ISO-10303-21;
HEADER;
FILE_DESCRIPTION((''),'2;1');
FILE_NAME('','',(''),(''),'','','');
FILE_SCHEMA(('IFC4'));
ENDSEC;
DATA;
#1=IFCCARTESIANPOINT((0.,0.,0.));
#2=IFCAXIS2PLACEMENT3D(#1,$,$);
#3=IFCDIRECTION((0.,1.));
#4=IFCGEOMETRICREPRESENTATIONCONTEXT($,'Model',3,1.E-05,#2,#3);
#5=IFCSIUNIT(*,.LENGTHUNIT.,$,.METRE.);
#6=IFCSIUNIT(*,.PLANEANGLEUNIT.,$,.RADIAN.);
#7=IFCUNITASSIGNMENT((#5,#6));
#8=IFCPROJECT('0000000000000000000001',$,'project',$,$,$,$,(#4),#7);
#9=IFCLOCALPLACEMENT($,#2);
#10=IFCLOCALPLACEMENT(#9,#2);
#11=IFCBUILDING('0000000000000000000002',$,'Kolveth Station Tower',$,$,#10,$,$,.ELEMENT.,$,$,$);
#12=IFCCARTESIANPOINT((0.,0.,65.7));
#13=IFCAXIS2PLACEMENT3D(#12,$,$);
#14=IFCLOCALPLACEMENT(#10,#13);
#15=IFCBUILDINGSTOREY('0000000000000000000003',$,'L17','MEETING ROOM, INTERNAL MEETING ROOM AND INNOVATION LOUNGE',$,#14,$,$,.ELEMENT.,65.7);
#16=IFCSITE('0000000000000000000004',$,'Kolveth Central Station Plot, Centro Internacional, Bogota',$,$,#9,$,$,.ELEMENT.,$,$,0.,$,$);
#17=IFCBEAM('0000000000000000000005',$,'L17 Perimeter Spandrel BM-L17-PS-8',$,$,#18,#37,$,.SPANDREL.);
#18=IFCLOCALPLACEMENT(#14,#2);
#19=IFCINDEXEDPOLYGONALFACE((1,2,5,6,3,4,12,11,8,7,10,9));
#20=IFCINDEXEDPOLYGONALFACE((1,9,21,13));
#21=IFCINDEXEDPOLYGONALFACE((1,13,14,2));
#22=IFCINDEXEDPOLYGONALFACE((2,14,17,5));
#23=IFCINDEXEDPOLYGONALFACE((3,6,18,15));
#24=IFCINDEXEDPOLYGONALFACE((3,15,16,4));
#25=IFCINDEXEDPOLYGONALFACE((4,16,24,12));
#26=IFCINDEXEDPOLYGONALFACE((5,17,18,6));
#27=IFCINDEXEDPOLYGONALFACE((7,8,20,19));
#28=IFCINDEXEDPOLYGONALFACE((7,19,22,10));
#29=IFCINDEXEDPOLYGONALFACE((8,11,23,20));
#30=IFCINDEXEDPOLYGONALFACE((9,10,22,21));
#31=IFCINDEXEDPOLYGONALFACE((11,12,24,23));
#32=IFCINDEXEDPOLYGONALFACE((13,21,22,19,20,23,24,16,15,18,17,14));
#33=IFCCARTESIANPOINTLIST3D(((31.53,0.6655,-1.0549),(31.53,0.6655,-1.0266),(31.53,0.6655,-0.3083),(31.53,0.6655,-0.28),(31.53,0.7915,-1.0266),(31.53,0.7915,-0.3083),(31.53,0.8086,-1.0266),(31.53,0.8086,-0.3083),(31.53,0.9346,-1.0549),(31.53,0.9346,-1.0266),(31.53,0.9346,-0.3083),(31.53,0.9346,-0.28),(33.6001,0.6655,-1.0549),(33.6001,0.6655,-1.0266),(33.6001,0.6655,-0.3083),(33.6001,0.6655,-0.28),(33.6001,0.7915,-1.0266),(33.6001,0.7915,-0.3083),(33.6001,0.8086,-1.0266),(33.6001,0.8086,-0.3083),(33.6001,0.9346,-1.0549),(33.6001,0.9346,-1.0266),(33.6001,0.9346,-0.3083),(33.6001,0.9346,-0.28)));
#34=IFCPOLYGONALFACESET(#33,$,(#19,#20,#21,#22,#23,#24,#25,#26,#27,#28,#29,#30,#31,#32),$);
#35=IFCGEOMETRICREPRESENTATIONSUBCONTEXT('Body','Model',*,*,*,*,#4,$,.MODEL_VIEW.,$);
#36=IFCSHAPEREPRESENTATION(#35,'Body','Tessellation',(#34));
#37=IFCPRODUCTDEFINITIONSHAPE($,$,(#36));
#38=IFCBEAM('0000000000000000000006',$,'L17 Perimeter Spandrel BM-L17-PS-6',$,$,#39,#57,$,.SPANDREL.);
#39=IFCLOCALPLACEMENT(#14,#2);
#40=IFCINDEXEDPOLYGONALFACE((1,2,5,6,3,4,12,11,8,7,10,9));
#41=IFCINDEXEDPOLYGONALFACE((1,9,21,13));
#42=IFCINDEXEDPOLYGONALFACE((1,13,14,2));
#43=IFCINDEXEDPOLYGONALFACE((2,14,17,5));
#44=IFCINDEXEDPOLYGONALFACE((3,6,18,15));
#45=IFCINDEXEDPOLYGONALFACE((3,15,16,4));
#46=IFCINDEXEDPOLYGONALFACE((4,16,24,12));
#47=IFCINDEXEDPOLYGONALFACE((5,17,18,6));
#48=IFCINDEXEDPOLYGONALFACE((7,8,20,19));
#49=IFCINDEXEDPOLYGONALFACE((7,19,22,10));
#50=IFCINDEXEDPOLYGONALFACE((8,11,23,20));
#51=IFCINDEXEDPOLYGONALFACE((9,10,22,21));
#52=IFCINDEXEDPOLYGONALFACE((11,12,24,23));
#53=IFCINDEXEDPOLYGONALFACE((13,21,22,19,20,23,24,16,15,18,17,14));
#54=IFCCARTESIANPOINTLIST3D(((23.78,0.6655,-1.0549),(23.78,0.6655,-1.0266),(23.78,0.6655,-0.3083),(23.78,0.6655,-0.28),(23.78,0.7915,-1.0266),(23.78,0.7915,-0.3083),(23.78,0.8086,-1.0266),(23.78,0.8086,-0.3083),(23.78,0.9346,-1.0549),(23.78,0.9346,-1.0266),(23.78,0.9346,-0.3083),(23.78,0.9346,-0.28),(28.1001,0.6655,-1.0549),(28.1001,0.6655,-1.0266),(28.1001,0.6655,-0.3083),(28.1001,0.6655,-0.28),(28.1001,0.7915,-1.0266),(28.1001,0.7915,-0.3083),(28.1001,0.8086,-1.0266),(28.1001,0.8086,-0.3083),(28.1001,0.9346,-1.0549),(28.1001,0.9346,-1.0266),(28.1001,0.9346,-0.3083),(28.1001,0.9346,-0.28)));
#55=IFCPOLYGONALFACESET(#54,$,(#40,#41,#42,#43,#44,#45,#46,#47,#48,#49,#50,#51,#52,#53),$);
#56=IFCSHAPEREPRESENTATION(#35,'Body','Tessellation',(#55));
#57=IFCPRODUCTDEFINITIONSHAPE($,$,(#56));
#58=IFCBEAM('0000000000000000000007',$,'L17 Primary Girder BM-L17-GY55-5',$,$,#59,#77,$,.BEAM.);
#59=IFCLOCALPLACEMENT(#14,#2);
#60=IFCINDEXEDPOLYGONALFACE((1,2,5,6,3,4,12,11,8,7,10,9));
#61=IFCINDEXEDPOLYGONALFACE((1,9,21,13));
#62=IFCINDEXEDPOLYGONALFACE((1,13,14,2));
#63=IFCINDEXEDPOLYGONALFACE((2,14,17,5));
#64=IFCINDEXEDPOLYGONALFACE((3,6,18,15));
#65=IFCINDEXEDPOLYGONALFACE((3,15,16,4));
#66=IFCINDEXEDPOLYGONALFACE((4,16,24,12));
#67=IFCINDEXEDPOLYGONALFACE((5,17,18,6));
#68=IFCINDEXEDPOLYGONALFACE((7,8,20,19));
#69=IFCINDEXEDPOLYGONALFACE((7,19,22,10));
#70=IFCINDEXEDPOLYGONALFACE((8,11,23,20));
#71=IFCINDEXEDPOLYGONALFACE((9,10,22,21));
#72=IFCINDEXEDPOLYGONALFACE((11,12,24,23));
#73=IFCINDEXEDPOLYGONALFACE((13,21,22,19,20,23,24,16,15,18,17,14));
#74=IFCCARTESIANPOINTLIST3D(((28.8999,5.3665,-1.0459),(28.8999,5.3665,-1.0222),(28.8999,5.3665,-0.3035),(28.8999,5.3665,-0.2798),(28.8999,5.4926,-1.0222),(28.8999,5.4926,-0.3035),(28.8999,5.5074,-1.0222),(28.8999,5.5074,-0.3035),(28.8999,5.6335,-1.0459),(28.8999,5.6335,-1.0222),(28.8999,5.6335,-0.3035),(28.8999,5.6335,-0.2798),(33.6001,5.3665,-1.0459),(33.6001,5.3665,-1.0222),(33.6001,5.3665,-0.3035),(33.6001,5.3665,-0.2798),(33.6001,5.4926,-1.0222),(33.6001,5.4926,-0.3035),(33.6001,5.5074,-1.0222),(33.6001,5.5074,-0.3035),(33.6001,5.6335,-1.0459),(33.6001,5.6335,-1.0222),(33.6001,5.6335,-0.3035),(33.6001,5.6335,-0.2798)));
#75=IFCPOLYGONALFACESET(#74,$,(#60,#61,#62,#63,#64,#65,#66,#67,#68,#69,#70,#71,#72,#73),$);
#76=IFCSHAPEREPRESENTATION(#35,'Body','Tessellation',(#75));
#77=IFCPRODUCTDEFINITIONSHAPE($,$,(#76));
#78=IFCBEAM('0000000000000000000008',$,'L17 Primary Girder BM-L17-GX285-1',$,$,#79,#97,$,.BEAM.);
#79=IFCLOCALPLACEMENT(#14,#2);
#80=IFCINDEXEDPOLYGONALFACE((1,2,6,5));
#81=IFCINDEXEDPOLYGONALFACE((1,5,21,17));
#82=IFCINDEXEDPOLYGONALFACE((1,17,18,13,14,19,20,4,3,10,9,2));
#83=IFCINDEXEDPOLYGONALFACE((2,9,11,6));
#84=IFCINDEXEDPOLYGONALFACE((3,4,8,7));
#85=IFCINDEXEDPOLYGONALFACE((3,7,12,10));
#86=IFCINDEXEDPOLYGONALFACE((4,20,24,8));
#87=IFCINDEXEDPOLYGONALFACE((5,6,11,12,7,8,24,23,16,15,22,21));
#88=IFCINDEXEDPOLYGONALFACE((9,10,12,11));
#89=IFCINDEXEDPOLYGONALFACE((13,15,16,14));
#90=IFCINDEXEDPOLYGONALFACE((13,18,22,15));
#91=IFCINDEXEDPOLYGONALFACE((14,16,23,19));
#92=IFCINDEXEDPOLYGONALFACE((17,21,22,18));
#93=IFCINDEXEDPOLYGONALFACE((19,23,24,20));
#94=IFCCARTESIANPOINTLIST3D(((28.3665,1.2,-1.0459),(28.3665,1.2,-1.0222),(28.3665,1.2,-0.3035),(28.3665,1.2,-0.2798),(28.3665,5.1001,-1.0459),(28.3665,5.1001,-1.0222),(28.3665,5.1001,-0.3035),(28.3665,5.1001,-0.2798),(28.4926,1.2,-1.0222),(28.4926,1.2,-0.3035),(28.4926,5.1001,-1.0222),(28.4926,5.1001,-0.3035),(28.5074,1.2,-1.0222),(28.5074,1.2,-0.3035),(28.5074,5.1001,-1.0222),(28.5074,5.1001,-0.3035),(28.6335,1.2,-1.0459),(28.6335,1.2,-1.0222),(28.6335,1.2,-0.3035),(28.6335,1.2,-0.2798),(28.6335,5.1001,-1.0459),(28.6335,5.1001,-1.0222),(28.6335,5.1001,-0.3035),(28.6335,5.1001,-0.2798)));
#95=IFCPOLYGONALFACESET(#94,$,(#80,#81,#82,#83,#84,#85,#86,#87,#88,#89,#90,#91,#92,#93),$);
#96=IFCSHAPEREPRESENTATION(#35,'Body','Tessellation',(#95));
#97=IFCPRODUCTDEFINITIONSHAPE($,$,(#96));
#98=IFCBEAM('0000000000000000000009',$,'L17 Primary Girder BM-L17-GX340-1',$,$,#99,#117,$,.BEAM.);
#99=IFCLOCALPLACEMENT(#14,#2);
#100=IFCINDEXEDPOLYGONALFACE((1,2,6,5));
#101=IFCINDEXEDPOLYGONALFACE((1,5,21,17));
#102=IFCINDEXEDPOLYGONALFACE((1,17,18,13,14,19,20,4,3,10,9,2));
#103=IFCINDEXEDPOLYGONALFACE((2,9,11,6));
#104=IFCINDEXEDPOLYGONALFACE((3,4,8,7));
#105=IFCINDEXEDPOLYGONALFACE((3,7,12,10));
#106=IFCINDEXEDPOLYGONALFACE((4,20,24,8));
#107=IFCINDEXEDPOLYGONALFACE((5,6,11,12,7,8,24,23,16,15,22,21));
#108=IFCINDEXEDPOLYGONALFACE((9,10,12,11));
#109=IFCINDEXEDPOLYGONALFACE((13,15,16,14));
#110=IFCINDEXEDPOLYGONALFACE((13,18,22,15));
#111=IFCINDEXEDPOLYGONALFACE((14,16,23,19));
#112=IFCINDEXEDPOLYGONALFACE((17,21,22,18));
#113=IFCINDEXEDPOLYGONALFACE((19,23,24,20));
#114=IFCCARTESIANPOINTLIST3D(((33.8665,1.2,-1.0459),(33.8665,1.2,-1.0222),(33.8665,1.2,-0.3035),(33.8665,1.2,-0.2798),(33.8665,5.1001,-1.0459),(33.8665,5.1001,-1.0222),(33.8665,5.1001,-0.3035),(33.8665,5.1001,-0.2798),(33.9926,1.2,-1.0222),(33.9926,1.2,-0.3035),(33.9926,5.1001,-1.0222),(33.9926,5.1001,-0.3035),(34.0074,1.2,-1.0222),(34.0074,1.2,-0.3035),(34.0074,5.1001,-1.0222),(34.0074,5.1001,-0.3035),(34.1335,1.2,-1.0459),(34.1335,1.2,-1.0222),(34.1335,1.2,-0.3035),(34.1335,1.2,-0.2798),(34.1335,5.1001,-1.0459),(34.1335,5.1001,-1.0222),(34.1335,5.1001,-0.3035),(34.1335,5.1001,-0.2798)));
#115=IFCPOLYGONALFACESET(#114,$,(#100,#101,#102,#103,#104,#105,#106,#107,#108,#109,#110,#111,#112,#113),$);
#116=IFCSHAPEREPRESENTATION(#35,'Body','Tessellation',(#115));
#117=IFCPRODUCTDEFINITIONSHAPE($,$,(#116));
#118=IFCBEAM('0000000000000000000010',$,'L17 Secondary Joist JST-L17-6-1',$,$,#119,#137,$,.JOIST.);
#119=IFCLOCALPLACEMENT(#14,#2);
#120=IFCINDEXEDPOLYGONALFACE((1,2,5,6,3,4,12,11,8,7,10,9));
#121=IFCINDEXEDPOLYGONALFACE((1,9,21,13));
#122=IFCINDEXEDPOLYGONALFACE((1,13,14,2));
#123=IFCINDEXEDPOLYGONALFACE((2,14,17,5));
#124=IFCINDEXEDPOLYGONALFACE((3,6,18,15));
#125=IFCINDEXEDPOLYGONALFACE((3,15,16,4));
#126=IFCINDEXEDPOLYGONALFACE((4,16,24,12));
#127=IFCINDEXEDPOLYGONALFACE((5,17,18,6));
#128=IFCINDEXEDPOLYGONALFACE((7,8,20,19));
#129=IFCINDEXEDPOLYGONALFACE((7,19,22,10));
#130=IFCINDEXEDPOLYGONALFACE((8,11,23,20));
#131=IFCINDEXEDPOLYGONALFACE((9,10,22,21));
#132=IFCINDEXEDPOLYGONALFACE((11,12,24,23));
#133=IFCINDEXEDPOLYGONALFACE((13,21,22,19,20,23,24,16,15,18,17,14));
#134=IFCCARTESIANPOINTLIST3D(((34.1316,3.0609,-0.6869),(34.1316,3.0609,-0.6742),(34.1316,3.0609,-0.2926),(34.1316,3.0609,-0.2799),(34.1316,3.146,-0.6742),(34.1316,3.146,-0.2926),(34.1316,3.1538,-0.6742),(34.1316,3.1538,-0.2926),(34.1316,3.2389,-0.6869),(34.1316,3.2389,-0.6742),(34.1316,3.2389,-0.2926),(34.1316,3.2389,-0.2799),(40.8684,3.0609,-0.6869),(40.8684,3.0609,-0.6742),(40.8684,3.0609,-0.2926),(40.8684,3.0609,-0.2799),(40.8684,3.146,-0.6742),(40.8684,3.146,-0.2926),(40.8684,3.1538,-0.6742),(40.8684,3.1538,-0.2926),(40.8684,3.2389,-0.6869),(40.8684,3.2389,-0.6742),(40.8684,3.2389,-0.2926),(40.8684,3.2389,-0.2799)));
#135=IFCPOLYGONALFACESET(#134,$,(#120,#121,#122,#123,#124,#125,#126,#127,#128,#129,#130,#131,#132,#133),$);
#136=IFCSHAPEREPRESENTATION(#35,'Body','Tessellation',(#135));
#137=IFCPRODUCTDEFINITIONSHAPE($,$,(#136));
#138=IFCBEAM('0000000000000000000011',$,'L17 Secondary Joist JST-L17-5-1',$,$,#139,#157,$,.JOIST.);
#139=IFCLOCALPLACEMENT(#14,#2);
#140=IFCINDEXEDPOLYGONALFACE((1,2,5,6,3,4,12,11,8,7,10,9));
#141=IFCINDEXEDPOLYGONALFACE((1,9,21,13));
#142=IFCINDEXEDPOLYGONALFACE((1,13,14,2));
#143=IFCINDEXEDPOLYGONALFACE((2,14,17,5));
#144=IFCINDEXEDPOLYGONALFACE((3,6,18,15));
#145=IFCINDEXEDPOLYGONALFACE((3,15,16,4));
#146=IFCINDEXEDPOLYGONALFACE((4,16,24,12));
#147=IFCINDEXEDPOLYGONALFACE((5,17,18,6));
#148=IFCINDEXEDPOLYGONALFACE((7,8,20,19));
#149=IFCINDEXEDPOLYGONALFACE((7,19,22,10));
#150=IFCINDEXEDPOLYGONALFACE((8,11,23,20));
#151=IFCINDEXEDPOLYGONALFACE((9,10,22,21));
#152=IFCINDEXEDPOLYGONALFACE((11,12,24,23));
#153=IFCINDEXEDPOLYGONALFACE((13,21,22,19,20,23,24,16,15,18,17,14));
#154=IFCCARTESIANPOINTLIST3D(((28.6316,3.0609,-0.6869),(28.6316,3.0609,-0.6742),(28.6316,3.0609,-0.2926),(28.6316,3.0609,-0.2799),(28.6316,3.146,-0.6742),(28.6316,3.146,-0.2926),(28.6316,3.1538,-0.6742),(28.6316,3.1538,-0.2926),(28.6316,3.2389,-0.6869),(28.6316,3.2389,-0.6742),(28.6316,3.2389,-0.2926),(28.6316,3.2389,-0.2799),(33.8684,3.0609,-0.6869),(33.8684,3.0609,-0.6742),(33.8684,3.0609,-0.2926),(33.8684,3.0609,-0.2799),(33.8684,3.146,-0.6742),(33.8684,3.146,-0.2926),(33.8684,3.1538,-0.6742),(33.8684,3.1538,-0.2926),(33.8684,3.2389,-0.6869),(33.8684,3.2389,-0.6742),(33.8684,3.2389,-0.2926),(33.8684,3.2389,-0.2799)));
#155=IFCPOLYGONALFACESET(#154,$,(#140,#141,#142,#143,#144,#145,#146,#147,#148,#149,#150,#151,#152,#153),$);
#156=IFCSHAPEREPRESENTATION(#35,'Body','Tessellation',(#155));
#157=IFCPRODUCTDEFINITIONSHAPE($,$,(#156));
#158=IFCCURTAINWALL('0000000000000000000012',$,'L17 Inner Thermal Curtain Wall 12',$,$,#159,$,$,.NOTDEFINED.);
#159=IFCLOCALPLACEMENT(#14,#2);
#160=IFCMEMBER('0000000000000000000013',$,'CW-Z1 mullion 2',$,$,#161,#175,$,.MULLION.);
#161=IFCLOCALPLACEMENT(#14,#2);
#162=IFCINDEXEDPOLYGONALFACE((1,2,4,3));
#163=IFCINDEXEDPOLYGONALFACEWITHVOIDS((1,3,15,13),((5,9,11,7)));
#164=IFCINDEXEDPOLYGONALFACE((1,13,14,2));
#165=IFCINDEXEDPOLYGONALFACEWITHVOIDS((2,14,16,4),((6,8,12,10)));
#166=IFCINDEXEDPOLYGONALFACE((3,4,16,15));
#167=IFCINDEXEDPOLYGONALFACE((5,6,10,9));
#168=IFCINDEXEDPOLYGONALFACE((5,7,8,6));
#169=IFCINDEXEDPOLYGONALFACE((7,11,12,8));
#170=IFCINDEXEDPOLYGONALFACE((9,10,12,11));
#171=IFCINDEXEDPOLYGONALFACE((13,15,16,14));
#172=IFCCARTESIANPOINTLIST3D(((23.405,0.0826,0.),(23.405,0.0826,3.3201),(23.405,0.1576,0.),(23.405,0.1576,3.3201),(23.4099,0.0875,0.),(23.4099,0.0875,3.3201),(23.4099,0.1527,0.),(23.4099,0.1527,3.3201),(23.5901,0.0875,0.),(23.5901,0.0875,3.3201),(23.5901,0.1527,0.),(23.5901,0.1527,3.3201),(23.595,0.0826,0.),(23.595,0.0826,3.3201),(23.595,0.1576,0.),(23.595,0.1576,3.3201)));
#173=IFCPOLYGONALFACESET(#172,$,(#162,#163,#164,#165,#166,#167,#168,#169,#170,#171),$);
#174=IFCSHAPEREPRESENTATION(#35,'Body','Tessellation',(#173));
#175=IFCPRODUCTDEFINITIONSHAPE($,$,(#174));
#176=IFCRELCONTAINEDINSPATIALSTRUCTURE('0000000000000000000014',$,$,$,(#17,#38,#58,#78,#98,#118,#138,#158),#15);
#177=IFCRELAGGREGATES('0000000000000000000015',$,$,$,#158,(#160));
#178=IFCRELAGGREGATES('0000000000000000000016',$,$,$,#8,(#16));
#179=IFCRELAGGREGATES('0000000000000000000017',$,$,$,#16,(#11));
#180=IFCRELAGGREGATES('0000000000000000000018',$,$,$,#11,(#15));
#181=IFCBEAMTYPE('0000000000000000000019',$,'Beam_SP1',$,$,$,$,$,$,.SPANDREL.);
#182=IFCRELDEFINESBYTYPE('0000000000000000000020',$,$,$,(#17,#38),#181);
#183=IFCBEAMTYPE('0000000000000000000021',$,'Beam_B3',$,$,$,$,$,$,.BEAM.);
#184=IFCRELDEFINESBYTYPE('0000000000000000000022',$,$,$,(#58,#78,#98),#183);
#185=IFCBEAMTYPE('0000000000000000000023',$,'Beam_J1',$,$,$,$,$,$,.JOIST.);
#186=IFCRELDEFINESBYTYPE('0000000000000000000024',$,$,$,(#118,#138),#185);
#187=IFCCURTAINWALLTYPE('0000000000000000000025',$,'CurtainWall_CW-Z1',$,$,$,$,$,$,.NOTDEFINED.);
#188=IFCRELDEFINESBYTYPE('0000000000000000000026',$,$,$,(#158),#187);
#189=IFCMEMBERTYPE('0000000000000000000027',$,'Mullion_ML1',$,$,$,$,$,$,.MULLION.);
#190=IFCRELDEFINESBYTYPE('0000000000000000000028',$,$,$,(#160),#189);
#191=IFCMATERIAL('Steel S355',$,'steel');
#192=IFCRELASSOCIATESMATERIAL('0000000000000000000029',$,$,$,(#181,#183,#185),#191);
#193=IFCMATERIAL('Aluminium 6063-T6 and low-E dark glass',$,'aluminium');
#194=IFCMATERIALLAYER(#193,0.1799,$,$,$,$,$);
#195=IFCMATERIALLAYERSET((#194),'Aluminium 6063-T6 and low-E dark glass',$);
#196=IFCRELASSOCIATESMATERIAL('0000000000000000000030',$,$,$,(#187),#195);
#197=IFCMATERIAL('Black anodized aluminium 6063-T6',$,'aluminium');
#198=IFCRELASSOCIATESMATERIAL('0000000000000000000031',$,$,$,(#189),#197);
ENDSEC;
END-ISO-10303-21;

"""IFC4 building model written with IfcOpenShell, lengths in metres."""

from ifc_helpers import new_model, si_unit, direction, frame, origin, origin_2d, place, context, subcontext, project, spatial, hollow_rectangle, i_section, extrude, source, transform, mapped, material, layer, layer_set, material_profile, profile_set, type_object, element, aggregate, save


model = new_model("IFC4")

# Units and contexts
model_context = context("Model", 3, precision=1e-05, world=origin(), true_north=direction((0.0, 1.0)))
body_context = subcontext(model_context, "Body", "Model", "MODEL_VIEW")
ifc_project = project(units=[si_unit("LENGTHUNIT", "METRE"), si_unit("PLANEANGLEUNIT", "RADIAN")], contexts=[model_context])

# Site, building, storey
site_placement = place(None, origin())
site = spatial("IfcSite", under=ifc_project, at=site_placement, Name="Kolveth Central Station Plot, Centro Internacional, Bogota", CompositionType="ELEMENT", RefElevation=0.0)
building_placement = place(site_placement, origin())
building = spatial("IfcBuilding", under=site, at=building_placement, Name="Kolveth Station Tower", CompositionType="ELEMENT")
storey_placement = place(building_placement, frame((0.0, 0.0, 65.7)))
storey = spatial("IfcBuildingStorey", under=building, at=storey_placement, Name="L17", Description="MEETING ROOM, INTERNAL MEETING ROOM AND INNOVATION LOUNGE", CompositionType="ELEMENT", Elevation=65.7)

# Shared definitions
ifc_material_1 = material(Name="Steel S355", Category="steel")

# Beams
ifc_material_profile_1 = material_profile(ifc_material_1, i_section(OverallWidth=0.269, OverallDepth=0.7749, WebThickness=0.0171, FlangeThickness=0.0283, at=origin_2d()), Name="W760x220")
ifc_profile_set_1 = profile_set([ifc_material_profile_1], Name="Steel S355")
beam_type_1 = type_object("IfcBeamType", Name="Beam_SP1", PredefinedType="SPANDREL", material=ifc_profile_set_1)
shared_shape_1 = source(origin(), body_context, "Body", "SweptSolid", [
    extrude(i_section(OverallWidth=0.269, OverallDepth=0.7749, WebThickness=0.0171, FlangeThickness=0.0283, at=origin_2d()), origin(), (0.0, 0.0, 1.0), 2.0701),
])
for number, where, z_axis, x_axis, name in (
    (1, (31.53, 0.8, -0.6675), (1.0, 0.0, 0.0), (0.0, 1.0, 0.0), "L17 Perimeter Spandrel BM-L17-PS-8"),
):
    element("IfcBeam", number, at=place(storey_placement, frame(where, z_axis=z_axis, x_axis=x_axis)), inside=storey, type_object=beam_type_1, Name=name, PredefinedType="SPANDREL", context=body_context, shape_type="MappedRepresentation", body=[
        mapped(shared_shape_1, transform((0.0, 0.0, 0.0), x_axis=(1.0, 0.0, 0.0), y_axis=(0.0, 1.0, 0.0), z_axis=(0.0, 0.0, 1.0), scale=1.0)),
    ])
shared_shape_2 = source(origin(), body_context, "Body", "SweptSolid", [
    extrude(i_section(OverallWidth=0.269, OverallDepth=0.7749, WebThickness=0.0171, FlangeThickness=0.0283, at=origin_2d()), origin(), (0.0, 0.0, 1.0), 4.3201),
])
beam_1_placement = place(storey_placement, frame((23.78, 0.8, -0.6675), z_axis=(1.0, 0.0, 0.0), x_axis=(0.0, 1.0, 0.0)))
element("IfcBeam", 2, at=beam_1_placement, inside=storey, type_object=beam_type_1, Name="L17 Perimeter Spandrel BM-L17-PS-6", PredefinedType="SPANDREL", context=body_context, shape_type="MappedRepresentation", body=[
    mapped(shared_shape_2, transform((0.0, 0.0, 0.0), x_axis=(1.0, 0.0, 0.0), y_axis=(0.0, 1.0, 0.0), z_axis=(0.0, 0.0, 1.0), scale=1.0)),
])
ifc_material_profile_2 = material_profile(ifc_material_1, i_section(OverallWidth=0.2671, OverallDepth=0.7661, WebThickness=0.0149, FlangeThickness=0.0237, at=origin_2d()), Name="W760x185")
ifc_profile_set_2 = profile_set([ifc_material_profile_2], Name="Steel S355")
beam_type_2 = type_object("IfcBeamType", Name="Beam_B3", PredefinedType="BEAM", material=ifc_profile_set_2)
shared_shape_3 = source(origin(), body_context, "Body", "SweptSolid", [
    extrude(i_section(OverallWidth=0.2671, OverallDepth=0.7661, WebThickness=0.0149, FlangeThickness=0.0237, at=origin_2d()), origin(), (0.0, 0.0, 1.0), 4.7002),
])
beam_2_placement = place(storey_placement, frame((28.8999, 5.5, -0.6628), z_axis=(1.0, 0.0, 0.0), x_axis=(0.0, 1.0, 0.0)))
element("IfcBeam", 3, at=beam_2_placement, inside=storey, type_object=beam_type_2, Name="L17 Primary Girder BM-L17-GY55-5", PredefinedType="BEAM", context=body_context, shape_type="MappedRepresentation", body=[
    mapped(shared_shape_3, transform((0.0, 0.0, 0.0), x_axis=(1.0, 0.0, 0.0), y_axis=(0.0, 1.0, 0.0), z_axis=(0.0, 0.0, 1.0), scale=1.0)),
])
shared_shape_4 = source(origin(), body_context, "Body", "SweptSolid", [
    extrude(i_section(OverallWidth=0.2671, OverallDepth=0.7661, WebThickness=0.0149, FlangeThickness=0.0237, at=origin_2d()), origin(), (0.0, 0.0, 1.0), 3.9001),
])
for number, where, z_axis, x_axis, name in (
    (4, (28.5, 1.2, -0.6628), (0.0, 1.0, 0.0), (-1.0, 0.0, 0.0), "L17 Primary Girder BM-L17-GX285-1"),
    (5, (34.0, 1.2, -0.6628), (0.0, 1.0, 0.0), (-1.0, 0.0, 0.0), "L17 Primary Girder BM-L17-GX340-1"),
):
    element("IfcBeam", number, at=place(storey_placement, frame(where, z_axis=z_axis, x_axis=x_axis)), inside=storey, type_object=beam_type_2, Name=name, PredefinedType="BEAM", context=body_context, shape_type="MappedRepresentation", body=[
        mapped(shared_shape_4, transform((0.0, 0.0, 0.0), x_axis=(1.0, 0.0, 0.0), y_axis=(0.0, 1.0, 0.0), z_axis=(0.0, 0.0, 1.0), scale=1.0)),
    ])
ifc_material_profile_3 = material_profile(ifc_material_1, i_section(OverallWidth=0.178, OverallDepth=0.407, WebThickness=0.0078, FlangeThickness=0.0127, at=origin_2d()), Name="W410x60")
ifc_profile_set_3 = profile_set([ifc_material_profile_3], Name="Steel S355")
beam_type_3 = type_object("IfcBeamType", Name="Beam_J1", PredefinedType="JOIST", material=ifc_profile_set_3)
shared_shape_5 = source(origin(), body_context, "Body", "SweptSolid", [
    extrude(i_section(OverallWidth=0.178, OverallDepth=0.407, WebThickness=0.0078, FlangeThickness=0.0127, at=origin_2d()), origin(), (0.0, 0.0, 1.0), 6.7368),
])
beam_3_placement = place(storey_placement, frame((34.1316, 3.1499, -0.4834), z_axis=(1.0, 0.0, 0.0), x_axis=(0.0, 1.0, 0.0)))
element("IfcBeam", 6, at=beam_3_placement, inside=storey, type_object=beam_type_3, Name="L17 Secondary Joist JST-L17-6-1", PredefinedType="JOIST", context=body_context, shape_type="MappedRepresentation", body=[
    mapped(shared_shape_5, transform((0.0, 0.0, 0.0), x_axis=(1.0, 0.0, 0.0), y_axis=(0.0, 1.0, 0.0), z_axis=(0.0, 0.0, 1.0), scale=1.0)),
])
shared_shape_6 = source(origin(), body_context, "Body", "SweptSolid", [
    extrude(i_section(OverallWidth=0.178, OverallDepth=0.407, WebThickness=0.0078, FlangeThickness=0.0127, at=origin_2d()), origin(), (0.0, 0.0, 1.0), 5.2368),
])
beam_4_placement = place(storey_placement, frame((28.6316, 3.1499, -0.4834), z_axis=(1.0, 0.0, 0.0), x_axis=(0.0, 1.0, 0.0)))
element("IfcBeam", 7, at=beam_4_placement, inside=storey, type_object=beam_type_3, Name="L17 Secondary Joist JST-L17-5-1", PredefinedType="JOIST", context=body_context, shape_type="MappedRepresentation", body=[
    mapped(shared_shape_6, transform((0.0, 0.0, 0.0), x_axis=(1.0, 0.0, 0.0), y_axis=(0.0, 1.0, 0.0), z_axis=(0.0, 0.0, 1.0), scale=1.0)),
])

# Curtain wall, member
ifc_material_2 = material(Name="Aluminium 6063-T6 and low-E dark glass", Category="aluminium")
ifc_layer_1 = layer(ifc_material_2, 0.1799)
ifc_layer_set_1 = layer_set([ifc_layer_1], Name="Aluminium 6063-T6 and low-E dark glass")
curtain_wall_type_1 = type_object("IfcCurtainWallType", Name="CurtainWall_CW-Z1", PredefinedType="NOTDEFINED", material=ifc_layer_set_1)
curtain_wall_1_placement = place(storey_placement, origin())
curtain_wall_1 = element("IfcCurtainWall", 8, at=curtain_wall_1_placement, inside=storey, type_object=curtain_wall_type_1, Name="L17 Inner Thermal Curtain Wall 12", PredefinedType="NOTDEFINED")
ifc_material_3 = material(Name="Black anodized aluminium 6063-T6", Category="aluminium")
ifc_material_profile_4 = material_profile(ifc_material_3, hollow_rectangle(XDim=0.075, YDim=0.1899, WallThickness=0.0049, at=origin_2d()), Name="ALU-75x190x5")
ifc_profile_set_4 = profile_set([ifc_material_profile_4], Name="Black anodized aluminium 6063-T6")
member_type_1 = type_object("IfcMemberType", Name="Mullion_ML1", PredefinedType="MULLION", material=ifc_profile_set_4)
shared_shape_7 = source(origin(), body_context, "Body", "SweptSolid", [
    extrude(hollow_rectangle(XDim=0.075, YDim=0.1899, WallThickness=0.0049, at=origin_2d()), origin(), (0.0, 0.0, 1.0), 3.3201),
])
member_1_placement = place(storey_placement, frame((23.5, 0.1201, 0.0), z_axis=(0.0, 0.0, 1.0), x_axis=(0.0, 1.0, 0.0)))
member_1 = element("IfcMember", 9, at=member_1_placement, type_object=member_type_1, Name="CW-Z1 mullion 2", PredefinedType="MULLION", context=body_context, shape_type="MappedRepresentation", body=[
    mapped(shared_shape_7, transform((0.0, 0.0, 0.0), x_axis=(1.0, 0.0, 0.0), y_axis=(0.0, 1.0, 0.0), z_axis=(0.0, 0.0, 1.0), scale=1.0)),
])
aggregate(curtain_wall_1, [member_1])

save(model, "model.ifc")
